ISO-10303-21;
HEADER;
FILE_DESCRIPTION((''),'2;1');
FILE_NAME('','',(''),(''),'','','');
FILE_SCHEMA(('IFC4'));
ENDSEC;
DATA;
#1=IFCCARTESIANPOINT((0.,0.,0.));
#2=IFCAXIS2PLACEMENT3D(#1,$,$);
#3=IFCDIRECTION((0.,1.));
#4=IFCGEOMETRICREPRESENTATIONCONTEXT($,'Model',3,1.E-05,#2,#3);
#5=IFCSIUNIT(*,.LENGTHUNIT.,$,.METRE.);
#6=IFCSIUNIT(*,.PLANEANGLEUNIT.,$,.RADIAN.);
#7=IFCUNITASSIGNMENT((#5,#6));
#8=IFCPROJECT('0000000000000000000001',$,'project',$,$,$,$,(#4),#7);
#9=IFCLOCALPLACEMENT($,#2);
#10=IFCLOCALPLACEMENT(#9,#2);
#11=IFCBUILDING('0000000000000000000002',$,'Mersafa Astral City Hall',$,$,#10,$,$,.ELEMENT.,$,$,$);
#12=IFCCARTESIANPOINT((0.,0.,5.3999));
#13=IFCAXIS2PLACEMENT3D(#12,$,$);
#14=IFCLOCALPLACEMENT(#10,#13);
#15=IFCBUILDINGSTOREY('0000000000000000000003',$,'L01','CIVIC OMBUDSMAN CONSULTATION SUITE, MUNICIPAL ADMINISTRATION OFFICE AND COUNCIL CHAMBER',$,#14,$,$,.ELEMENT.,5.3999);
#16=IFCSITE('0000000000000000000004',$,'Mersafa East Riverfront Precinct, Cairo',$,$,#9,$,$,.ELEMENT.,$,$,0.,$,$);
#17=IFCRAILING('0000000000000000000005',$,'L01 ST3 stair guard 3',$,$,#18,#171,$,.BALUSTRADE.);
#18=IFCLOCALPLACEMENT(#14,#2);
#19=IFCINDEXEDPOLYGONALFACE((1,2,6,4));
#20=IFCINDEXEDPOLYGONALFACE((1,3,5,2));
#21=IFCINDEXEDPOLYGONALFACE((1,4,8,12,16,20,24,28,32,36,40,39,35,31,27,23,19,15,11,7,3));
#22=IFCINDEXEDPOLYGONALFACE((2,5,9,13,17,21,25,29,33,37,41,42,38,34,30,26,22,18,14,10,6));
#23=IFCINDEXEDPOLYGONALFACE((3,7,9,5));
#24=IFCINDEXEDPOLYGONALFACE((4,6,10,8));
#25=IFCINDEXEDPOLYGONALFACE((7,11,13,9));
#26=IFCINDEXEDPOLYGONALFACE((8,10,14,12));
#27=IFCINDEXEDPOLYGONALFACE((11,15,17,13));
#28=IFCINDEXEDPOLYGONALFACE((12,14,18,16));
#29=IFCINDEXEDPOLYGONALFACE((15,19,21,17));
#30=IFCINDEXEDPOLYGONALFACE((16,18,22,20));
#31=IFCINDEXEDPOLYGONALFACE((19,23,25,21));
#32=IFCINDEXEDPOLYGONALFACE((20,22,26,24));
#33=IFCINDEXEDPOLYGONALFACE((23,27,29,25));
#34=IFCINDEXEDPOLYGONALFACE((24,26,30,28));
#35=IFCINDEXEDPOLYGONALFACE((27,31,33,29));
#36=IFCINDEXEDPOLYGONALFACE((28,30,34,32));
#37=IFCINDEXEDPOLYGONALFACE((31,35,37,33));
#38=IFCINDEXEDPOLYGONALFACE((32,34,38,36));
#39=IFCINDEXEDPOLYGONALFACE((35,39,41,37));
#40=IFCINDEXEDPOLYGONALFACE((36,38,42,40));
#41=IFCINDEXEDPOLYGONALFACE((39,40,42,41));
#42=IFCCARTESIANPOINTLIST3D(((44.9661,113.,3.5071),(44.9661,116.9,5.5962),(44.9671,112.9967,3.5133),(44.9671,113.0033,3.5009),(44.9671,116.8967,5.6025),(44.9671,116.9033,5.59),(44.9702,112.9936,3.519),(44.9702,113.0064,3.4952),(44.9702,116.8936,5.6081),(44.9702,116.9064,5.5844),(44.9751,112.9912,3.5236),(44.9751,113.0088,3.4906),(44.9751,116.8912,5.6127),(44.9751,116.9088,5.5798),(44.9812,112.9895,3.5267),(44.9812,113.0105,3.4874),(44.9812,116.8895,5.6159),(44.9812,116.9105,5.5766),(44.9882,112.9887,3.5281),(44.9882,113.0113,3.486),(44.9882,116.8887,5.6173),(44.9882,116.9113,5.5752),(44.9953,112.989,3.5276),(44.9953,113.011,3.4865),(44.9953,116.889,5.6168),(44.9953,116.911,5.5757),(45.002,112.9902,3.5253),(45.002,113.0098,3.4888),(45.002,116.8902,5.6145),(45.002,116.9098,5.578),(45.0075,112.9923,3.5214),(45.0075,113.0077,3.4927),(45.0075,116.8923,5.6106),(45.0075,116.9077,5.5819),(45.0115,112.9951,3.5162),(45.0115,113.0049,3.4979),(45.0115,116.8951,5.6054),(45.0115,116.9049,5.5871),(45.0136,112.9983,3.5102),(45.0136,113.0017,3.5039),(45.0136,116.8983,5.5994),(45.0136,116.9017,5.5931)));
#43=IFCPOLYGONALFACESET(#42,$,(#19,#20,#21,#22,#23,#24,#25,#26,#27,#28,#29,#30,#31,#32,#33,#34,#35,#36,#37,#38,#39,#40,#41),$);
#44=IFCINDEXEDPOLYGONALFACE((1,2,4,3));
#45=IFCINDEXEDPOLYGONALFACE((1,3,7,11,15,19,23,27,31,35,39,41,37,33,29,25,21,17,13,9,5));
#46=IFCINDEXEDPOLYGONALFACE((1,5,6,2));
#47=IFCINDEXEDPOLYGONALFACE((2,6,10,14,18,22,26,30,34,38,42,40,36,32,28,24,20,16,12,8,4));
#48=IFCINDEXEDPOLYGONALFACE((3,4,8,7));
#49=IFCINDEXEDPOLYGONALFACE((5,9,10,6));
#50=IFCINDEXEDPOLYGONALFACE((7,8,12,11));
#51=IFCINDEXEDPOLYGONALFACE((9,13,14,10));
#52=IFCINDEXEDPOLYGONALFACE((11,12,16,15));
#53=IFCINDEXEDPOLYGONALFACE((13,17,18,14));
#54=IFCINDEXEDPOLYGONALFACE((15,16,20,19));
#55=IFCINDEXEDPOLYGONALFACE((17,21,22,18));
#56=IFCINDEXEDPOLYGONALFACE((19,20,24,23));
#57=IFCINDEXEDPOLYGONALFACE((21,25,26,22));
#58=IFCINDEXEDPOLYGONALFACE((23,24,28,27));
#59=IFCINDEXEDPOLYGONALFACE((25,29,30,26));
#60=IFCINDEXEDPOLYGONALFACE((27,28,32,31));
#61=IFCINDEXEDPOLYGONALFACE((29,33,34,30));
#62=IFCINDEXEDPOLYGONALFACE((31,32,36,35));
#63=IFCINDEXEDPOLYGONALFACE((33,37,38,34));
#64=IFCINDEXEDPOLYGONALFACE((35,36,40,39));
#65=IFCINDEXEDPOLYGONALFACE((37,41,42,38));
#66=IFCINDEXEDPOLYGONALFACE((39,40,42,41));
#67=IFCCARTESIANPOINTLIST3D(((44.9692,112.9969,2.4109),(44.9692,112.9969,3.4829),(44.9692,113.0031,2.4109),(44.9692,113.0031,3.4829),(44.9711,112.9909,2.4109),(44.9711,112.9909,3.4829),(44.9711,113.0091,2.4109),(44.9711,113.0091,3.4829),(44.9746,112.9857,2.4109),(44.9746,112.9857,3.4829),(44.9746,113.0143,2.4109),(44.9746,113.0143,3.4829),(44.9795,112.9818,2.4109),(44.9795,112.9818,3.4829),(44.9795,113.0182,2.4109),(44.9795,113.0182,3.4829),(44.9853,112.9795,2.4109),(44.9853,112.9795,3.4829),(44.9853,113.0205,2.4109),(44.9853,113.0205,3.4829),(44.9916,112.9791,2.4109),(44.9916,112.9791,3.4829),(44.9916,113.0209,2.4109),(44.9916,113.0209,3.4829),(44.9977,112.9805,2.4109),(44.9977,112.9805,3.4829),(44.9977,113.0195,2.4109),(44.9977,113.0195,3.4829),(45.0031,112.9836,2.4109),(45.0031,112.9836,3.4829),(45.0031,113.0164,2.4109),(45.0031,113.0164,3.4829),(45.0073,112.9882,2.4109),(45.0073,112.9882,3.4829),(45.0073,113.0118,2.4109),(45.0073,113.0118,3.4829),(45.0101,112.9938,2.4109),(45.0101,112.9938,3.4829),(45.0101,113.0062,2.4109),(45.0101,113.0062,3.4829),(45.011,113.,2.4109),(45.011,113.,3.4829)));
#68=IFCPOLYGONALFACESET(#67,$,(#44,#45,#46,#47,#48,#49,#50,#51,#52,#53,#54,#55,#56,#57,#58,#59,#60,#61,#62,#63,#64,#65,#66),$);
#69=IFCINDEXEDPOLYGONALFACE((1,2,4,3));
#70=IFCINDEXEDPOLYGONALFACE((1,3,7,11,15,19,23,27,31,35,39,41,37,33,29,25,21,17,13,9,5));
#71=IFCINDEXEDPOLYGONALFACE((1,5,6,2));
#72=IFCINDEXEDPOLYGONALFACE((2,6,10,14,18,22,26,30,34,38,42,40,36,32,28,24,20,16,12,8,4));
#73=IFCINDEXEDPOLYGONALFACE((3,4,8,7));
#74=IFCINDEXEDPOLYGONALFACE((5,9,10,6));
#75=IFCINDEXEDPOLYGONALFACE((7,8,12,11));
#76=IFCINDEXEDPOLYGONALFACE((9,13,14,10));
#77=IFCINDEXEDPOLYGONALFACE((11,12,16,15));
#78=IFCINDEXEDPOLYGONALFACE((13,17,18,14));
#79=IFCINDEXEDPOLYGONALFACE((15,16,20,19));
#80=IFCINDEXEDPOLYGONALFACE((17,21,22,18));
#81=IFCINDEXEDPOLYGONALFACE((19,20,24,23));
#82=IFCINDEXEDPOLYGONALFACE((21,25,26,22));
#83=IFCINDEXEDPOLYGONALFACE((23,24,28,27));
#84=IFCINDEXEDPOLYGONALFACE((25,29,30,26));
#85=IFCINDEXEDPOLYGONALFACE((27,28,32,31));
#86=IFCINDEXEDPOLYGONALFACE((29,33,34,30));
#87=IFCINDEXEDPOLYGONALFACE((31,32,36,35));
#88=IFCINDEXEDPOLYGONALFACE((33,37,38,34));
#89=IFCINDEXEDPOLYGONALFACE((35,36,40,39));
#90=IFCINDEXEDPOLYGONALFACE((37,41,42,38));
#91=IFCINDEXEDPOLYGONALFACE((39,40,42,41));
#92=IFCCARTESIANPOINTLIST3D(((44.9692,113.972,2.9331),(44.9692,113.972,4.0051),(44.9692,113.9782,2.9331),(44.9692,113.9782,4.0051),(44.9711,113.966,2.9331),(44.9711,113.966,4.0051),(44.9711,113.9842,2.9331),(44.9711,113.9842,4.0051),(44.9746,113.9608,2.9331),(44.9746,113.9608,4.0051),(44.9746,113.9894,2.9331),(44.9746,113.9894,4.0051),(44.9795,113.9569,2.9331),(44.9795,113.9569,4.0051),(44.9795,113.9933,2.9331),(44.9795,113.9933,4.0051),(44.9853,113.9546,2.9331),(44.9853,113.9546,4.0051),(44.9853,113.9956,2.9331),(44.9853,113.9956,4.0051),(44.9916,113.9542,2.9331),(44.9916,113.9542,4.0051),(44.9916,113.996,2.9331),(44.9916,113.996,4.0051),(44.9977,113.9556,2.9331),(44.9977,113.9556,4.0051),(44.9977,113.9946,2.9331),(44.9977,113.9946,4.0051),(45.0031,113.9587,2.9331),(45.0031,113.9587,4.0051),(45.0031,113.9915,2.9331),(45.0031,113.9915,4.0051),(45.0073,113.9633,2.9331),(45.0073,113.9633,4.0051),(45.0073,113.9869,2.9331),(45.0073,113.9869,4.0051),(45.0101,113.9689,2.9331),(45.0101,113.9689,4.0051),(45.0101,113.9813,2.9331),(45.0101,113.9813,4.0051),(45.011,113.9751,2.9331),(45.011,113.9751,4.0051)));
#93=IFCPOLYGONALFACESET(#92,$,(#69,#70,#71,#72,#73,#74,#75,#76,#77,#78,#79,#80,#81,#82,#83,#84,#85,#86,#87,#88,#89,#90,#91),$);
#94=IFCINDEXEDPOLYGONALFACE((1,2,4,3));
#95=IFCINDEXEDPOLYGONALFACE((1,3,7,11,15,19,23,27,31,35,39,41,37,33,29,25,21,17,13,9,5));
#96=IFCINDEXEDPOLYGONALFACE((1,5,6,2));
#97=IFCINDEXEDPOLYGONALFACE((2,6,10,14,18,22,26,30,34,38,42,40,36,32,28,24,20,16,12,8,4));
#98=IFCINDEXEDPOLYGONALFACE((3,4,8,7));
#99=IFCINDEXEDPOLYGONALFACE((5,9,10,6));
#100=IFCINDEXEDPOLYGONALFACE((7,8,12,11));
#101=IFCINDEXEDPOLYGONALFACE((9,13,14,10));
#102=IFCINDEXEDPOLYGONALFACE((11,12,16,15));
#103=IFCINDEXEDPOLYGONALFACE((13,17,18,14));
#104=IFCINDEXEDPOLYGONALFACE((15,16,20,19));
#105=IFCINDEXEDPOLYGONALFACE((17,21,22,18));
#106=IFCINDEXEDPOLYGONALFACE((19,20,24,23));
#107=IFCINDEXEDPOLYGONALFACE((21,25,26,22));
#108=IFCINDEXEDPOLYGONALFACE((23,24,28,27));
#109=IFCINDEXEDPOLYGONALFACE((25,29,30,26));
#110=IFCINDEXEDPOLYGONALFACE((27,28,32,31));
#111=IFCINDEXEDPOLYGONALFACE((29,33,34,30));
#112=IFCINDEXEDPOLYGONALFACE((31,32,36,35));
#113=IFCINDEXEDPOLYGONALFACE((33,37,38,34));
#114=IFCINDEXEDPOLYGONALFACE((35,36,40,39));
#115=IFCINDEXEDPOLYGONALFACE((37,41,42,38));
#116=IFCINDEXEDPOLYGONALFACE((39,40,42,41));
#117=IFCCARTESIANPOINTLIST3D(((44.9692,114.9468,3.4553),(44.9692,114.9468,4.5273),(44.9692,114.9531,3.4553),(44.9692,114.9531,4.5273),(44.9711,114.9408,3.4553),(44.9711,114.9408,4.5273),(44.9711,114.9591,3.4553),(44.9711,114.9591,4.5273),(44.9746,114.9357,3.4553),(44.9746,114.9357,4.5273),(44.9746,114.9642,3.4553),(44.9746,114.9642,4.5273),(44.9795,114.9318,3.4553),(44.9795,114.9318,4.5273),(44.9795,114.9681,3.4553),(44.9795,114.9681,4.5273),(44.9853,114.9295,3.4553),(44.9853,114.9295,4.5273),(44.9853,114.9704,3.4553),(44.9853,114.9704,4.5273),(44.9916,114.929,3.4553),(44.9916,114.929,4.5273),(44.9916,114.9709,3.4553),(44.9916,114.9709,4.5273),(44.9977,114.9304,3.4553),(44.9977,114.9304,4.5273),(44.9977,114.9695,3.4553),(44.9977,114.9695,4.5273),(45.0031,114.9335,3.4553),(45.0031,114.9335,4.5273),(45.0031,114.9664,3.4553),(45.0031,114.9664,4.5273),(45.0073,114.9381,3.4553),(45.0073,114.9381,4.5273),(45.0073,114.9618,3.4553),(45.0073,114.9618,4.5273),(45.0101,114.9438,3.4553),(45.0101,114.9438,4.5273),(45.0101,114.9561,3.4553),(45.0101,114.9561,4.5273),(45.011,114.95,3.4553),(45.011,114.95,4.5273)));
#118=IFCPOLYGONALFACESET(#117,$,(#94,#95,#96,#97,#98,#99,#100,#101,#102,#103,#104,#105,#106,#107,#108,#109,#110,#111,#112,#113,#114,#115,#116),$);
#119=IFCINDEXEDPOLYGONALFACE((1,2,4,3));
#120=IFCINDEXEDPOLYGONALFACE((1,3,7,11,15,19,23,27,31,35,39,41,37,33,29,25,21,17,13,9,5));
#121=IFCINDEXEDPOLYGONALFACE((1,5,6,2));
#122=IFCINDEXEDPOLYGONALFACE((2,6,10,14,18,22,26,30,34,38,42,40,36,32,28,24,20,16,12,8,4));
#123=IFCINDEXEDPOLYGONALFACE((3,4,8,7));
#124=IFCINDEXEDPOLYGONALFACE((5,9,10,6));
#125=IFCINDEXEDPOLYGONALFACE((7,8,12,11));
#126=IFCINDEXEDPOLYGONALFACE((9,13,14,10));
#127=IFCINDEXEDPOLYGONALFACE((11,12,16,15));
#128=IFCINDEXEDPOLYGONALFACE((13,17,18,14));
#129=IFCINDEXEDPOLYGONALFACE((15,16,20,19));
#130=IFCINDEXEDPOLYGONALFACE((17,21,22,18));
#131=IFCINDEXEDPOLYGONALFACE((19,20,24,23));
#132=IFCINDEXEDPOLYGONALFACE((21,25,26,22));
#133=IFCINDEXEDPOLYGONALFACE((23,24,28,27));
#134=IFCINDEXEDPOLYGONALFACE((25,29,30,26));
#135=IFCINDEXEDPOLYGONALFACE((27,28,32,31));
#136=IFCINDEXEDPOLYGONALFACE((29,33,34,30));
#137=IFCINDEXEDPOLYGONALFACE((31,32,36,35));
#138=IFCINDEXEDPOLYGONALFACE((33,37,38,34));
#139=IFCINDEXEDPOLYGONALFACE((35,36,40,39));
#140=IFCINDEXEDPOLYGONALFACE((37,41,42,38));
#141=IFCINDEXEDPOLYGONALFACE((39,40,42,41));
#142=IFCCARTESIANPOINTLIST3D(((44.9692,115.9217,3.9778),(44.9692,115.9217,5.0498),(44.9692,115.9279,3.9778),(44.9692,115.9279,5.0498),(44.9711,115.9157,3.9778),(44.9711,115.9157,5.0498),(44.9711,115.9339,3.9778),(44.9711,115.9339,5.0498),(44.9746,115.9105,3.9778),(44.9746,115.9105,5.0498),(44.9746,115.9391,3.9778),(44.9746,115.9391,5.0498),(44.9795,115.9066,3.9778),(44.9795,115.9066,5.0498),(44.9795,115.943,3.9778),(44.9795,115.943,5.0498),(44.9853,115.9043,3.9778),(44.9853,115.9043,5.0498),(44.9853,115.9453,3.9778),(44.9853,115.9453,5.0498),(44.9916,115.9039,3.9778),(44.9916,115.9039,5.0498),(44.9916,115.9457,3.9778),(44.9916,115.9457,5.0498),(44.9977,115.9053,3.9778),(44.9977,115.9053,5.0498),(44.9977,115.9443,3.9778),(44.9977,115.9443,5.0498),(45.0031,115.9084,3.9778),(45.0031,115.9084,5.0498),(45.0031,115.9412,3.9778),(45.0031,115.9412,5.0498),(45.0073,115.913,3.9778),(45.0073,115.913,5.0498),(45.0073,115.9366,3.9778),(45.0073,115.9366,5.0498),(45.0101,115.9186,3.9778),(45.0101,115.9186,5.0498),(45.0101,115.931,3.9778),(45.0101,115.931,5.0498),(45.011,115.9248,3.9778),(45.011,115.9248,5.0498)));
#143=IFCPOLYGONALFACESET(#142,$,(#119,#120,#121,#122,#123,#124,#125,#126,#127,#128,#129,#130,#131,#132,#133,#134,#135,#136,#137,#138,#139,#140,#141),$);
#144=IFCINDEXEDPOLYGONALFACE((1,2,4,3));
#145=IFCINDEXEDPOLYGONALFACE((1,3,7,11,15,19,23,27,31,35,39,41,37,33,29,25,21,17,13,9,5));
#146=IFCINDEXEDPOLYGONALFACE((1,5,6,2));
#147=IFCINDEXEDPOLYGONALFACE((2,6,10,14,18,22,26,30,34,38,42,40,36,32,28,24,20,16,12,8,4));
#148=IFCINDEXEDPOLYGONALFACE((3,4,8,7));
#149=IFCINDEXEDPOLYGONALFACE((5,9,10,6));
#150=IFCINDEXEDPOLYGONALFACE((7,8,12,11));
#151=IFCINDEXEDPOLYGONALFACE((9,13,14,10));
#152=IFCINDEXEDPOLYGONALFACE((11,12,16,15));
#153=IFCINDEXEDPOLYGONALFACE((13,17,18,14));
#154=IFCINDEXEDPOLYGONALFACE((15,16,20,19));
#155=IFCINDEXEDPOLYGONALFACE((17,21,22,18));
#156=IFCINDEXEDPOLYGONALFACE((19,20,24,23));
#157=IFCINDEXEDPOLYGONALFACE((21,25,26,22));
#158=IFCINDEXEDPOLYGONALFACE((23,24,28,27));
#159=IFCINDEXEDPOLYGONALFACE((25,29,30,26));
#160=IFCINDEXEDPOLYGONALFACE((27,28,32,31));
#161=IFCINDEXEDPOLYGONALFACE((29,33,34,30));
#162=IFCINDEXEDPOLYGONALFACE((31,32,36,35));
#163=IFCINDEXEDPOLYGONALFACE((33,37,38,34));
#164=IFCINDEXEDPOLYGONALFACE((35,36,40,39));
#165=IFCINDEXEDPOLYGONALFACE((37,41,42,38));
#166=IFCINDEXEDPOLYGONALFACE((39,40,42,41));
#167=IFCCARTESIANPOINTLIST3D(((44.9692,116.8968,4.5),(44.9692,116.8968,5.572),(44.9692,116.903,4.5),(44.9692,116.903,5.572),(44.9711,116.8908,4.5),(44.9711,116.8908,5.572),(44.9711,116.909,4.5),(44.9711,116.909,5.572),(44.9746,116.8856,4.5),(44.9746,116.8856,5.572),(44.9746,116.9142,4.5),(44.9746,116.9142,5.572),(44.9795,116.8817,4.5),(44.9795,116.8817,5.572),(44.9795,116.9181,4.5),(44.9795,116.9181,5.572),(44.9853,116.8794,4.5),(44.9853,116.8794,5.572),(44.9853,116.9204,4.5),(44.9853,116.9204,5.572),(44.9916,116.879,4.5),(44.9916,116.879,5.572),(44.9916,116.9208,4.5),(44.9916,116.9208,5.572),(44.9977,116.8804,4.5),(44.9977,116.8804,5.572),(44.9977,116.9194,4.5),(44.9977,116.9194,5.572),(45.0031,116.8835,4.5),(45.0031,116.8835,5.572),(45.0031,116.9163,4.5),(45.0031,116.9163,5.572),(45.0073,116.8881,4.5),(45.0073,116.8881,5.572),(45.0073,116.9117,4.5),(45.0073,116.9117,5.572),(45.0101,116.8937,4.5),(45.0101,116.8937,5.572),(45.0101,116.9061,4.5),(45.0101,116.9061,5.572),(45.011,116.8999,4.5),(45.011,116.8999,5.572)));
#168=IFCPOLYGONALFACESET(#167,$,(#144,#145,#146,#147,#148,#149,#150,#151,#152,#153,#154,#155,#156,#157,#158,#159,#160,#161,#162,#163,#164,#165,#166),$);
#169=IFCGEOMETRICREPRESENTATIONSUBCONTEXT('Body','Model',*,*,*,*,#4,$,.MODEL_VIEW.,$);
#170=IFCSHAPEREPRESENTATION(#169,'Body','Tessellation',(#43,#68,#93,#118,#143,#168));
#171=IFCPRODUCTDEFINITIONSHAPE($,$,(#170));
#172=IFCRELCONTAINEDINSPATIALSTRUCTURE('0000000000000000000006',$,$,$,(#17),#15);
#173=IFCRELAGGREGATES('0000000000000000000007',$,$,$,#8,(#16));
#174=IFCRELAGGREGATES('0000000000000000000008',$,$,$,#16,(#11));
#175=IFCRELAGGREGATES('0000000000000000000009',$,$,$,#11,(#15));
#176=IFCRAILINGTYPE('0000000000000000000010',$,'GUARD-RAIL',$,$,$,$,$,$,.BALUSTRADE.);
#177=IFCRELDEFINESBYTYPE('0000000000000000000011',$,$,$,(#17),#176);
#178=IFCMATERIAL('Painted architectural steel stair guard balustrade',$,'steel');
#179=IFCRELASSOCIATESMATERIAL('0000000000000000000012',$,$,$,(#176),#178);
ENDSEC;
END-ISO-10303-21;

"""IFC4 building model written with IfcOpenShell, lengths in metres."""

from ifc_helpers import new_model, si_unit, direction, frame, origin, origin_2d, place, context, subcontext, project, spatial, circle, extrude, material, type_object, element, save


model = new_model("IFC4")

# Units and contexts
model_context = context("Model", 3, precision=1e-05, world=origin(), true_north=direction((0.0, 1.0)))
body_context = subcontext(model_context, "Body", "Model", "MODEL_VIEW")
ifc_project = project(units=[si_unit("LENGTHUNIT", "METRE"), si_unit("PLANEANGLEUNIT", "RADIAN")], contexts=[model_context])

# Site, building, storey
site_placement = place(None, origin())
site = spatial("IfcSite", under=ifc_project, at=site_placement, Name="Mersafa East Riverfront Precinct, Cairo", CompositionType="ELEMENT", RefElevation=0.0)
building_placement = place(site_placement, origin())
building = spatial("IfcBuilding", under=site, at=building_placement, Name="Mersafa Astral City Hall", CompositionType="ELEMENT")
storey_placement = place(building_placement, frame((0.0, 0.0, 5.3999)))
storey = spatial("IfcBuildingStorey", under=building, at=storey_placement, Name="L01", Description="CIVIC OMBUDSMAN CONSULTATION SUITE, MUNICIPAL ADMINISTRATION OFFICE AND COUNCIL CHAMBER", CompositionType="ELEMENT", Elevation=5.3999)

# Railing
ifc_material_1 = material(Name="Painted architectural steel stair guard balustrade", Category="steel")
railing_type_1 = type_object("IfcRailingType", Name="GUARD-RAIL", PredefinedType="BALUSTRADE", material=ifc_material_1)
railing_1_placement = place(storey_placement, frame((44.99, 113.0, 2.4109)))
element("IfcRailing", 1, at=railing_1_placement, inside=storey, type_object=railing_type_1, Name="L01 ST3 stair guard 3", PredefinedType="BALUSTRADE", context=body_context, shape_type="SweptSolid", body=[
    extrude(circle(Radius=0.0239, at=origin_2d()), frame((0.0, 0.0, 1.0962), z_axis=(0.0, 0.881491, 0.4722), x_axis=(-1.0, 0.0, 0.0)), (0.0, 0.0, 1.0), 4.4243),
    extrude(circle(Radius=0.021, at=origin_2d()), origin(), (0.0, 0.0, 1.0), 1.072),
    extrude(circle(Radius=0.021, at=origin_2d()), frame((0.0, 0.9751, 0.5222)), (0.0, 0.0, 1.0), 1.072),
    extrude(circle(Radius=0.021, at=origin_2d()), frame((0.0, 1.95, 1.0444)), (0.0, 0.0, 1.0), 1.072),
    extrude(circle(Radius=0.021, at=origin_2d()), frame((0.0, 2.9248, 1.5669)), (0.0, 0.0, 1.0), 1.072),
    extrude(circle(Radius=0.021, at=origin_2d()), frame((0.0, 3.8999, 2.0891)), (0.0, 0.0, 1.0), 1.072),
])

save(model, "model.ifc")
